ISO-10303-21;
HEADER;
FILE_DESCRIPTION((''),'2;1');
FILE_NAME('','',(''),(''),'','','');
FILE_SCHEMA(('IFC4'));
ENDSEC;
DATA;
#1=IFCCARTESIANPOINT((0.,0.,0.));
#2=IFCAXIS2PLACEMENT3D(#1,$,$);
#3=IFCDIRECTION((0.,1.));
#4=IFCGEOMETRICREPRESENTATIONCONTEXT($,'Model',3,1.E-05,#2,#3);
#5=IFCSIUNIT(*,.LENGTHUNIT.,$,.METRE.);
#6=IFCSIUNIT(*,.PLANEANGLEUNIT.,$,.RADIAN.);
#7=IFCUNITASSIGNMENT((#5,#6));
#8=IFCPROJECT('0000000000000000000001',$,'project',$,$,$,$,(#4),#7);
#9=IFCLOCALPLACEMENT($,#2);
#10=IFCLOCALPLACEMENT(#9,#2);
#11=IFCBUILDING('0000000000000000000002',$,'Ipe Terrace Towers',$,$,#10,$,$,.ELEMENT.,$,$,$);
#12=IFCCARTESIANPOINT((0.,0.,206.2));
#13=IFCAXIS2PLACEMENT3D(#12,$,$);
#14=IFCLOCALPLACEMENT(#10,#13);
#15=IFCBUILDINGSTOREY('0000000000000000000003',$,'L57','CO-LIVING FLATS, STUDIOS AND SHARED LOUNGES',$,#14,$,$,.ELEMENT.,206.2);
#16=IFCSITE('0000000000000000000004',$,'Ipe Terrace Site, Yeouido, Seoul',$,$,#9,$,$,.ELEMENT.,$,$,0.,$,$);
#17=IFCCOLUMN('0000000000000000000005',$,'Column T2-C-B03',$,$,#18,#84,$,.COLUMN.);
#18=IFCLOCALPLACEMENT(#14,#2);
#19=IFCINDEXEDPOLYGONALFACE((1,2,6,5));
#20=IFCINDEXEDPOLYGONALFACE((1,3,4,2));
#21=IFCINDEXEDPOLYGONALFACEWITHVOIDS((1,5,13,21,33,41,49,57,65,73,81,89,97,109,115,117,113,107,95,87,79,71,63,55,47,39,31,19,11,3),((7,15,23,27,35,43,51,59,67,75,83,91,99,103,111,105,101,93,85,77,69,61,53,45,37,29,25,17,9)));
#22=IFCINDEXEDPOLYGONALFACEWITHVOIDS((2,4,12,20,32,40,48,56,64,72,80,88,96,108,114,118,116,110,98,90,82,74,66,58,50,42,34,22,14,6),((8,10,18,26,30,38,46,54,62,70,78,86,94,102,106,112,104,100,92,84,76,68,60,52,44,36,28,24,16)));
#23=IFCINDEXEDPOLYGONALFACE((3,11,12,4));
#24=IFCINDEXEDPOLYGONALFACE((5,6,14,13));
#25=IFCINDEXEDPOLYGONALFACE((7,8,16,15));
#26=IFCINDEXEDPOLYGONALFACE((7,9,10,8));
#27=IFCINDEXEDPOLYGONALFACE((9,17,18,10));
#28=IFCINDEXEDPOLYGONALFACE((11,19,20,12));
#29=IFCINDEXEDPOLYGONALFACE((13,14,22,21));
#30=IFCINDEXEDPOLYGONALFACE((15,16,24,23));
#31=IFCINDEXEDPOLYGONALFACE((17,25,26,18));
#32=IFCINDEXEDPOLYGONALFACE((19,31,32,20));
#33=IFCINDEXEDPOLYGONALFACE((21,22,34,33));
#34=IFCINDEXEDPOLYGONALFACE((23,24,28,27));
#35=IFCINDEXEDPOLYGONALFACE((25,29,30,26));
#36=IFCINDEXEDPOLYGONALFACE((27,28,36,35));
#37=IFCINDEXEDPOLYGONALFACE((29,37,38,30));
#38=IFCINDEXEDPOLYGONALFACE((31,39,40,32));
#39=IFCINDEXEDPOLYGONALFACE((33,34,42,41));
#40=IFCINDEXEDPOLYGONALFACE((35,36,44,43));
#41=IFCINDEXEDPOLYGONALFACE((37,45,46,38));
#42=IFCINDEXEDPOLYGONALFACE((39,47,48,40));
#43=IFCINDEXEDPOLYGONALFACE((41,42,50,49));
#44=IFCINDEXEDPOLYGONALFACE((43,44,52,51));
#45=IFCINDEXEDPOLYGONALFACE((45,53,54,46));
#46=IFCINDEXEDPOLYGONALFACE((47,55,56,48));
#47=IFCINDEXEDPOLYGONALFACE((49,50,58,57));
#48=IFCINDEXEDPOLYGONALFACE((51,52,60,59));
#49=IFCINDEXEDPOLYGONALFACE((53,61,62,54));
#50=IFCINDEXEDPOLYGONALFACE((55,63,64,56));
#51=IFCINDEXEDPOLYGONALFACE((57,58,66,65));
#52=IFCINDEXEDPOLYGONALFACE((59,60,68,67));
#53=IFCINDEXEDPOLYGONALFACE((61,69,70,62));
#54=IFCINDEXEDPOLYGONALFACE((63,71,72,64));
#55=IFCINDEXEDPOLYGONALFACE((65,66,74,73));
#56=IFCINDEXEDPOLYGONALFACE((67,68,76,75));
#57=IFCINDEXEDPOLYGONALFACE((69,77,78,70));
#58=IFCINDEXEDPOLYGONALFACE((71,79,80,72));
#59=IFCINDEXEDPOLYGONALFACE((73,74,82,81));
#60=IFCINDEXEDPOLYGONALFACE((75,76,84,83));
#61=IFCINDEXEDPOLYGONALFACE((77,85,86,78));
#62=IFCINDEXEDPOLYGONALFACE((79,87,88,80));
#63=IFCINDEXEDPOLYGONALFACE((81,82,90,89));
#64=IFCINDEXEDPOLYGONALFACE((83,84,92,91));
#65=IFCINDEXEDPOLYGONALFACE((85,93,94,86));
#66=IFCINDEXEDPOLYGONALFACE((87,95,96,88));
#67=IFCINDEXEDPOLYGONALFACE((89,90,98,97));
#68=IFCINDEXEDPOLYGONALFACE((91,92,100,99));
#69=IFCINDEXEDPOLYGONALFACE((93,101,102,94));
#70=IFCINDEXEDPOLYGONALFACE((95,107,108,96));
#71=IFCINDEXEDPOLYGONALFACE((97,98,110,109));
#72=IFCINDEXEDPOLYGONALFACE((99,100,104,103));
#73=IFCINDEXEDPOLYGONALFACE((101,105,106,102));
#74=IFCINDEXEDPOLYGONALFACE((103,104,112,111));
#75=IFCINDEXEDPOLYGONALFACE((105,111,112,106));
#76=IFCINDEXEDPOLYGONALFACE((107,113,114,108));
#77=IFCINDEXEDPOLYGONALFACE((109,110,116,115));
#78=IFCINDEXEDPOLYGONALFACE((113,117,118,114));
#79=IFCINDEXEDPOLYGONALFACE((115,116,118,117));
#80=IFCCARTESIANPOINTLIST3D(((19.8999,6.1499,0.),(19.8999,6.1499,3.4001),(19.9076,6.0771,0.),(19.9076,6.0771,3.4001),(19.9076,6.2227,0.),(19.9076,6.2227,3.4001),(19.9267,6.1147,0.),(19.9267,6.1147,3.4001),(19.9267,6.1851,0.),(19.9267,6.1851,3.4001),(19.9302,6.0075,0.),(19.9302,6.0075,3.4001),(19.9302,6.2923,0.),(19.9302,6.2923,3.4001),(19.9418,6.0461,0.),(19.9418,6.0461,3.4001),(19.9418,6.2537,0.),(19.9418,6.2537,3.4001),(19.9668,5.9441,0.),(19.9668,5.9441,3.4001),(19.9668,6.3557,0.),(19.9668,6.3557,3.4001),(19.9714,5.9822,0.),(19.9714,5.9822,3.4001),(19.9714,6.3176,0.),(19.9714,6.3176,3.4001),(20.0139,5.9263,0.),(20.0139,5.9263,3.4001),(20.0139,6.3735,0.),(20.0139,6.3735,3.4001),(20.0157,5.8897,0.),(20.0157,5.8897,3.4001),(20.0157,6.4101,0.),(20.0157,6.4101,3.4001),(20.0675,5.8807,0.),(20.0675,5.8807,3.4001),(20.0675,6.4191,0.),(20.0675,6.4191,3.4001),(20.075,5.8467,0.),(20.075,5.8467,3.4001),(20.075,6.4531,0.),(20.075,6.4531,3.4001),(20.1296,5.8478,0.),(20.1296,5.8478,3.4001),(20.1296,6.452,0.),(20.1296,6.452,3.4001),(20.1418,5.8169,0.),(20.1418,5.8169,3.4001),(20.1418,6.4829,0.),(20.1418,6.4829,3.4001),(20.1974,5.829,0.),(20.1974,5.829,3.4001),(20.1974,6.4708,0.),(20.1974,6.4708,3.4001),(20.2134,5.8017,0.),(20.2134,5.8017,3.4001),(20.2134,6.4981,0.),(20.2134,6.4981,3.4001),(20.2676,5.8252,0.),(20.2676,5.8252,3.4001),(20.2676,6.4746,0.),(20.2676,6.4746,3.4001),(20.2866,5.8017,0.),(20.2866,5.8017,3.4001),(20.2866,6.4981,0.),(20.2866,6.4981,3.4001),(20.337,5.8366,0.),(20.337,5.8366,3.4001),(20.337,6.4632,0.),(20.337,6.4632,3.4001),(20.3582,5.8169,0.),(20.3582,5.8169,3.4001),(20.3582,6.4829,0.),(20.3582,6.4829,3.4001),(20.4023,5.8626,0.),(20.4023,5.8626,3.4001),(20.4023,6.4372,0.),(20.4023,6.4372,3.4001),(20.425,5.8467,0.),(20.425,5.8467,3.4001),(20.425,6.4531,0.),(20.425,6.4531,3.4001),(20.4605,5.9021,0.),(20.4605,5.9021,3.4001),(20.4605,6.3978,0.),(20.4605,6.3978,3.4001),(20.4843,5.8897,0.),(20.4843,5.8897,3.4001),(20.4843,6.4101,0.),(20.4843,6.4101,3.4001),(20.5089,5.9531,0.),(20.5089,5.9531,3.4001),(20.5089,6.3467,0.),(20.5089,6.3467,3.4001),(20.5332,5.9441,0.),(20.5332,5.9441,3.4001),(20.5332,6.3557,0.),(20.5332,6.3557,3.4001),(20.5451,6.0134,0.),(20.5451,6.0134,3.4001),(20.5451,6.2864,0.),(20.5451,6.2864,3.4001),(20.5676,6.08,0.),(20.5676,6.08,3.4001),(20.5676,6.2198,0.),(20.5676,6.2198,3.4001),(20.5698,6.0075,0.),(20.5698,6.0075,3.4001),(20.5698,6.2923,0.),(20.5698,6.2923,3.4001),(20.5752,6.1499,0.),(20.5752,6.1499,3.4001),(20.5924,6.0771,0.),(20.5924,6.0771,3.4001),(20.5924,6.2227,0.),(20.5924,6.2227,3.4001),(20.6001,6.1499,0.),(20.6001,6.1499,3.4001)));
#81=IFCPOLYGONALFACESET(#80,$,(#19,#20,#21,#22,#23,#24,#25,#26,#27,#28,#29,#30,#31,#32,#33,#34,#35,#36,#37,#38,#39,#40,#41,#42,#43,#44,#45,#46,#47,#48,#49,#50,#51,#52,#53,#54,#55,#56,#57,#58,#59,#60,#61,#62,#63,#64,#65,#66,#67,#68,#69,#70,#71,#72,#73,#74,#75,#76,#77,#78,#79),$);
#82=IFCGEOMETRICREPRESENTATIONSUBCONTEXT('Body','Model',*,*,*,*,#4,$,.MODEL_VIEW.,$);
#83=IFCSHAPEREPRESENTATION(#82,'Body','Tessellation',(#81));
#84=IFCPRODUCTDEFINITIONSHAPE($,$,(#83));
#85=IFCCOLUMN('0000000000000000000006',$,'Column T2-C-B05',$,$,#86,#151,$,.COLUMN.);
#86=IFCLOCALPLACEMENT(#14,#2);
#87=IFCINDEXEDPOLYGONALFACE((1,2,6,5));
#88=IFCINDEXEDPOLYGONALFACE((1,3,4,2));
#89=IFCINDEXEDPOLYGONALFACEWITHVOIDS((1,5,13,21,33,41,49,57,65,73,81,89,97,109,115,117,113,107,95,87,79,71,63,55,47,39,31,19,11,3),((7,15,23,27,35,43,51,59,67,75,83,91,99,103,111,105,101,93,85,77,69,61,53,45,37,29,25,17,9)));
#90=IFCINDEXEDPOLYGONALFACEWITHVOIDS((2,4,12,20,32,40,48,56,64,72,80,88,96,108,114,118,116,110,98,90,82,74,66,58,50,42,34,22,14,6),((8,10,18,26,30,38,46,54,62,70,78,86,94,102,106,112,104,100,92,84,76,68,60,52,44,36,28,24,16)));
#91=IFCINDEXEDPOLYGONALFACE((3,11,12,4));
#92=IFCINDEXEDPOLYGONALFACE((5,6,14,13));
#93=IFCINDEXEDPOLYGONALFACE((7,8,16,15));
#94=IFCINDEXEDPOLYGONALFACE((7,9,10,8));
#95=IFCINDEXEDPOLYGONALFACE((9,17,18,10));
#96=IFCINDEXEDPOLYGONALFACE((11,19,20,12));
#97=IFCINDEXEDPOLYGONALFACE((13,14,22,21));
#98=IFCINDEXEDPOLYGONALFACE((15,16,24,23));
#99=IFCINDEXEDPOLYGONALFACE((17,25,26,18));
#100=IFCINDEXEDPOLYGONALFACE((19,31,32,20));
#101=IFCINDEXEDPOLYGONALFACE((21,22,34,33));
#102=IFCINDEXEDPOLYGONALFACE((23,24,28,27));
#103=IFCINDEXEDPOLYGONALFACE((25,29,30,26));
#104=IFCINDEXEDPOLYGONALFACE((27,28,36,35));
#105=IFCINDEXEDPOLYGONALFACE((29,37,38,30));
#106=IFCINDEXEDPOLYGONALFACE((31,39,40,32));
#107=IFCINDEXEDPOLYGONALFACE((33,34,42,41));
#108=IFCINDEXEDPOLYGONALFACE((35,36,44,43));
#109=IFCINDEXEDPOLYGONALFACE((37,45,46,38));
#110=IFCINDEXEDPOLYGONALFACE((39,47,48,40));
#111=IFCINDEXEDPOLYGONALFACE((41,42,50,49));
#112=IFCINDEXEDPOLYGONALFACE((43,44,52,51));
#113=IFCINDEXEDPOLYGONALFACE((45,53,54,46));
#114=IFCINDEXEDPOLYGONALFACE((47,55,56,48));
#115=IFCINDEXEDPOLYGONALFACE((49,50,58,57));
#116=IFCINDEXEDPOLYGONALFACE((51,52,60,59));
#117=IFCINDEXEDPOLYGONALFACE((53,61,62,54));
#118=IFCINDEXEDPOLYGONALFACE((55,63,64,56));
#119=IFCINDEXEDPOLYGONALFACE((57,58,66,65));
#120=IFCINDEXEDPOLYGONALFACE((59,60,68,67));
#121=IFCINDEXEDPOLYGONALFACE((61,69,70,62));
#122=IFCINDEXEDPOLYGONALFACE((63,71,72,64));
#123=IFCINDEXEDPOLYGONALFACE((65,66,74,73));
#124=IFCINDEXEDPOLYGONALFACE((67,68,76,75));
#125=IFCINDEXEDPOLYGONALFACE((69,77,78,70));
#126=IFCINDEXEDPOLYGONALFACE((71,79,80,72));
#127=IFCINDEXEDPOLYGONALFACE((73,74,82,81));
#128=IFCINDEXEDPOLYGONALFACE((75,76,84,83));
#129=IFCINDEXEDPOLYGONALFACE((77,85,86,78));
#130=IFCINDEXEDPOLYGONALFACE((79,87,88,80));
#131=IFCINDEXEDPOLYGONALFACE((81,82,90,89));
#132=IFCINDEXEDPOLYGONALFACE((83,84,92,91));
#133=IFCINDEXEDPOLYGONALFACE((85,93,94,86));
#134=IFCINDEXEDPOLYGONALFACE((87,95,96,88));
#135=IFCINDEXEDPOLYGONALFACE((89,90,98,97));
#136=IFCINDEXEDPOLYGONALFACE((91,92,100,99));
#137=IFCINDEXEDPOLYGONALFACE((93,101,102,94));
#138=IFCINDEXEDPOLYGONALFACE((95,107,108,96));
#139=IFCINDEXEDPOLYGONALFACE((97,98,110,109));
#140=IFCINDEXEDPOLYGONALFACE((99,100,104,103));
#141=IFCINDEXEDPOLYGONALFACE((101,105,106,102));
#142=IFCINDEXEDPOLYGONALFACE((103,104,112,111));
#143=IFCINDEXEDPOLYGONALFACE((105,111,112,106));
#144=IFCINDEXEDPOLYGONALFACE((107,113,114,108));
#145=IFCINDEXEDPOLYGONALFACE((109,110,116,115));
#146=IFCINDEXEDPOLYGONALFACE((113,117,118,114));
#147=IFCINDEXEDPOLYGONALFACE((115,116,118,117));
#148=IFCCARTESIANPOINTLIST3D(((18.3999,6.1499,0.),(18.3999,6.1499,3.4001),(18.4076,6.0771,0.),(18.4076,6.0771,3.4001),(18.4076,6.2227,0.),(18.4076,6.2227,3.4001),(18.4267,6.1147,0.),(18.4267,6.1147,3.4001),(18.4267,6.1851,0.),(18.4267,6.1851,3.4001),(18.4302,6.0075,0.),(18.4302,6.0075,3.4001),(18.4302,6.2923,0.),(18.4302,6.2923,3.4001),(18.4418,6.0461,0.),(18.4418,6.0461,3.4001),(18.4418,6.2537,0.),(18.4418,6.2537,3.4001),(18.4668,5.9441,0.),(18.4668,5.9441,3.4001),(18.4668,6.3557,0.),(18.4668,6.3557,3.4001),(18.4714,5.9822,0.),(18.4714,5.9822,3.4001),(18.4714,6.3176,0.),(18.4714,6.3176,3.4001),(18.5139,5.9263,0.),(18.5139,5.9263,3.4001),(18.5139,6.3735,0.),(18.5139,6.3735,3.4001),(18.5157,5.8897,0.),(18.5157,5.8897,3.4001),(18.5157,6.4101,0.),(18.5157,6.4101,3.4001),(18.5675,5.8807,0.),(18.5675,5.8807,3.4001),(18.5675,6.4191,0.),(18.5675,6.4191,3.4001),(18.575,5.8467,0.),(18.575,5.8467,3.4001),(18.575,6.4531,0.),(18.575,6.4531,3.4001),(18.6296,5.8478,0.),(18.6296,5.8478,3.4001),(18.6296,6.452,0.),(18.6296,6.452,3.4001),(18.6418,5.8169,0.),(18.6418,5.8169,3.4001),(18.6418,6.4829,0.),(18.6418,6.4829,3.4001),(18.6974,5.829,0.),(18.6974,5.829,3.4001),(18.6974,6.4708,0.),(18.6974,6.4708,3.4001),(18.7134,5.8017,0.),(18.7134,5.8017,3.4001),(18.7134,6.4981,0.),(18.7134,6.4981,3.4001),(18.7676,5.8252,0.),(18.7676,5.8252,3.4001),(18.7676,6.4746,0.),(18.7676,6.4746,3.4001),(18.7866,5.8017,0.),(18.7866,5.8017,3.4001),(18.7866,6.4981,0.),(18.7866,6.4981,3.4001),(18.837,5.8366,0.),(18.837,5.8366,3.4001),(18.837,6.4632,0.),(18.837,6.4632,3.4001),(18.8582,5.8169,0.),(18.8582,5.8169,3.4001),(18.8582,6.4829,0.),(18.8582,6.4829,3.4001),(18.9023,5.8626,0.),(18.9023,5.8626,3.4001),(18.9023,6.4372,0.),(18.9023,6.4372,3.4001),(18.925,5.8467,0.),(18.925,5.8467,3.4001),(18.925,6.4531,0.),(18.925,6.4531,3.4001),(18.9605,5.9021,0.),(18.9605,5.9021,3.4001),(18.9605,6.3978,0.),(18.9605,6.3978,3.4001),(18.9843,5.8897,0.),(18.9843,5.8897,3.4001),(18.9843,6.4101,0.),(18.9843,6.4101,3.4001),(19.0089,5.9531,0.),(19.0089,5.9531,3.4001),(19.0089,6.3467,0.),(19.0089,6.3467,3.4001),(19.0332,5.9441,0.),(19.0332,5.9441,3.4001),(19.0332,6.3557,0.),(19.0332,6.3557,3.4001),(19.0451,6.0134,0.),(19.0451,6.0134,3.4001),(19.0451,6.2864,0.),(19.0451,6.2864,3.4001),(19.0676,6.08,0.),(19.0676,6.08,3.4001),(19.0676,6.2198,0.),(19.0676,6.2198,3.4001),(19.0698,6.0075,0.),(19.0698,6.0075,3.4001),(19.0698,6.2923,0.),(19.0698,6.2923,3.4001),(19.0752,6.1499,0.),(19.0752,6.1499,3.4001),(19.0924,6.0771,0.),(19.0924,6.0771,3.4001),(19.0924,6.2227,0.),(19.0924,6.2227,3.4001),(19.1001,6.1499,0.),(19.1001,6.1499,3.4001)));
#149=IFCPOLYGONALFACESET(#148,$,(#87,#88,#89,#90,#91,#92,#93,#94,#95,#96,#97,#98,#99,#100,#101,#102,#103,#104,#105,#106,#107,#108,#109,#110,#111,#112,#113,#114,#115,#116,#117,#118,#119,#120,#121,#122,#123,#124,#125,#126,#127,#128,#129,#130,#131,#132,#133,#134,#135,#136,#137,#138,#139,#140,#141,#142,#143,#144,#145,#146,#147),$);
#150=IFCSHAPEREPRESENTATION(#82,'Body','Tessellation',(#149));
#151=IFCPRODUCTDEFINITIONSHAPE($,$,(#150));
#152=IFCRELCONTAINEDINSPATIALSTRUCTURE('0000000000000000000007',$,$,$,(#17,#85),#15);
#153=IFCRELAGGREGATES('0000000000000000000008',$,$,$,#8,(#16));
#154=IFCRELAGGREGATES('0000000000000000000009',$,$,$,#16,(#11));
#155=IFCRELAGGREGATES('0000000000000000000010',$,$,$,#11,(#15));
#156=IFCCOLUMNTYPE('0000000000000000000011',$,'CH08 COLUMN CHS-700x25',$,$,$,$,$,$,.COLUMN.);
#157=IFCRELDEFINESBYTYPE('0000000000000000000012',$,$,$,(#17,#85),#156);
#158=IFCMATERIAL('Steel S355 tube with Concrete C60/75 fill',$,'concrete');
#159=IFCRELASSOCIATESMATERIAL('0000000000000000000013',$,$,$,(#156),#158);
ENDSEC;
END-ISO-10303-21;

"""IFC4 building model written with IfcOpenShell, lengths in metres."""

from ifc_helpers import new_model, si_unit, direction, frame, origin, origin_2d, place, context, subcontext, project, spatial, hollow_circle, extrude, material, material_profile, profile_set, type_object, element, save


model = new_model("IFC4")

# Units and contexts
model_context = context("Model", 3, precision=1e-05, world=origin(), true_north=direction((0.0, 1.0)))
body_context = subcontext(model_context, "Body", "Model", "MODEL_VIEW")
ifc_project = project(units=[si_unit("LENGTHUNIT", "METRE"), si_unit("PLANEANGLEUNIT", "RADIAN")], contexts=[model_context])

# Site, building, storey
site_placement = place(None, origin())
site = spatial("IfcSite", under=ifc_project, at=site_placement, Name="Ipe Terrace Site, Yeouido, Seoul", CompositionType="ELEMENT", RefElevation=0.0)
building_placement = place(site_placement, origin())
building = spatial("IfcBuilding", under=site, at=building_placement, Name="Ipe Terrace Towers", CompositionType="ELEMENT")
storey_placement = place(building_placement, frame((0.0, 0.0, 206.2)))
storey = spatial("IfcBuildingStorey", under=building, at=storey_placement, Name="L57", Description="CO-LIVING FLATS, STUDIOS AND SHARED LOUNGES", CompositionType="ELEMENT", Elevation=206.2)

# Columns
ifc_material_1 = material(Name="Steel S355 tube with Concrete C60/75 fill", Category="concrete")
ifc_material_profile_1 = material_profile(ifc_material_1, hollow_circle(Radius=0.3501, WallThickness=0.0249, at=origin_2d()), Name="CHS-700x25")
ifc_profile_set_1 = profile_set([ifc_material_profile_1], Name="Steel S355 tube with Concrete C60/75 fill")
column_type = type_object("IfcColumnType", Name="CH08 COLUMN CHS-700x25", PredefinedType="COLUMN", material=ifc_profile_set_1)
for number, where, z_axis, x_axis, name in (
    (1, (20.25, 6.1499, 0.0), (0.0, 0.0, 1.0), (1.0, 0.0, 0.0), "Column T2-C-B03"),
    (2, (18.75, 6.1499, 0.0), (0.0, 0.0, 1.0), (1.0, 0.0, 0.0), "Column T2-C-B05"),
):
    element("IfcColumn", number, at=place(storey_placement, frame(where, z_axis=z_axis, x_axis=x_axis)), inside=storey, type_object=column_type, Name=name, PredefinedType="COLUMN", context=body_context, shape_type="SweptSolid", body=[
        extrude(hollow_circle(Radius=0.3501, WallThickness=0.0249, at=origin_2d()), origin(), (0.0, 0.0, 1.0), 3.4001),
    ])

save(model, "model.ifc")
